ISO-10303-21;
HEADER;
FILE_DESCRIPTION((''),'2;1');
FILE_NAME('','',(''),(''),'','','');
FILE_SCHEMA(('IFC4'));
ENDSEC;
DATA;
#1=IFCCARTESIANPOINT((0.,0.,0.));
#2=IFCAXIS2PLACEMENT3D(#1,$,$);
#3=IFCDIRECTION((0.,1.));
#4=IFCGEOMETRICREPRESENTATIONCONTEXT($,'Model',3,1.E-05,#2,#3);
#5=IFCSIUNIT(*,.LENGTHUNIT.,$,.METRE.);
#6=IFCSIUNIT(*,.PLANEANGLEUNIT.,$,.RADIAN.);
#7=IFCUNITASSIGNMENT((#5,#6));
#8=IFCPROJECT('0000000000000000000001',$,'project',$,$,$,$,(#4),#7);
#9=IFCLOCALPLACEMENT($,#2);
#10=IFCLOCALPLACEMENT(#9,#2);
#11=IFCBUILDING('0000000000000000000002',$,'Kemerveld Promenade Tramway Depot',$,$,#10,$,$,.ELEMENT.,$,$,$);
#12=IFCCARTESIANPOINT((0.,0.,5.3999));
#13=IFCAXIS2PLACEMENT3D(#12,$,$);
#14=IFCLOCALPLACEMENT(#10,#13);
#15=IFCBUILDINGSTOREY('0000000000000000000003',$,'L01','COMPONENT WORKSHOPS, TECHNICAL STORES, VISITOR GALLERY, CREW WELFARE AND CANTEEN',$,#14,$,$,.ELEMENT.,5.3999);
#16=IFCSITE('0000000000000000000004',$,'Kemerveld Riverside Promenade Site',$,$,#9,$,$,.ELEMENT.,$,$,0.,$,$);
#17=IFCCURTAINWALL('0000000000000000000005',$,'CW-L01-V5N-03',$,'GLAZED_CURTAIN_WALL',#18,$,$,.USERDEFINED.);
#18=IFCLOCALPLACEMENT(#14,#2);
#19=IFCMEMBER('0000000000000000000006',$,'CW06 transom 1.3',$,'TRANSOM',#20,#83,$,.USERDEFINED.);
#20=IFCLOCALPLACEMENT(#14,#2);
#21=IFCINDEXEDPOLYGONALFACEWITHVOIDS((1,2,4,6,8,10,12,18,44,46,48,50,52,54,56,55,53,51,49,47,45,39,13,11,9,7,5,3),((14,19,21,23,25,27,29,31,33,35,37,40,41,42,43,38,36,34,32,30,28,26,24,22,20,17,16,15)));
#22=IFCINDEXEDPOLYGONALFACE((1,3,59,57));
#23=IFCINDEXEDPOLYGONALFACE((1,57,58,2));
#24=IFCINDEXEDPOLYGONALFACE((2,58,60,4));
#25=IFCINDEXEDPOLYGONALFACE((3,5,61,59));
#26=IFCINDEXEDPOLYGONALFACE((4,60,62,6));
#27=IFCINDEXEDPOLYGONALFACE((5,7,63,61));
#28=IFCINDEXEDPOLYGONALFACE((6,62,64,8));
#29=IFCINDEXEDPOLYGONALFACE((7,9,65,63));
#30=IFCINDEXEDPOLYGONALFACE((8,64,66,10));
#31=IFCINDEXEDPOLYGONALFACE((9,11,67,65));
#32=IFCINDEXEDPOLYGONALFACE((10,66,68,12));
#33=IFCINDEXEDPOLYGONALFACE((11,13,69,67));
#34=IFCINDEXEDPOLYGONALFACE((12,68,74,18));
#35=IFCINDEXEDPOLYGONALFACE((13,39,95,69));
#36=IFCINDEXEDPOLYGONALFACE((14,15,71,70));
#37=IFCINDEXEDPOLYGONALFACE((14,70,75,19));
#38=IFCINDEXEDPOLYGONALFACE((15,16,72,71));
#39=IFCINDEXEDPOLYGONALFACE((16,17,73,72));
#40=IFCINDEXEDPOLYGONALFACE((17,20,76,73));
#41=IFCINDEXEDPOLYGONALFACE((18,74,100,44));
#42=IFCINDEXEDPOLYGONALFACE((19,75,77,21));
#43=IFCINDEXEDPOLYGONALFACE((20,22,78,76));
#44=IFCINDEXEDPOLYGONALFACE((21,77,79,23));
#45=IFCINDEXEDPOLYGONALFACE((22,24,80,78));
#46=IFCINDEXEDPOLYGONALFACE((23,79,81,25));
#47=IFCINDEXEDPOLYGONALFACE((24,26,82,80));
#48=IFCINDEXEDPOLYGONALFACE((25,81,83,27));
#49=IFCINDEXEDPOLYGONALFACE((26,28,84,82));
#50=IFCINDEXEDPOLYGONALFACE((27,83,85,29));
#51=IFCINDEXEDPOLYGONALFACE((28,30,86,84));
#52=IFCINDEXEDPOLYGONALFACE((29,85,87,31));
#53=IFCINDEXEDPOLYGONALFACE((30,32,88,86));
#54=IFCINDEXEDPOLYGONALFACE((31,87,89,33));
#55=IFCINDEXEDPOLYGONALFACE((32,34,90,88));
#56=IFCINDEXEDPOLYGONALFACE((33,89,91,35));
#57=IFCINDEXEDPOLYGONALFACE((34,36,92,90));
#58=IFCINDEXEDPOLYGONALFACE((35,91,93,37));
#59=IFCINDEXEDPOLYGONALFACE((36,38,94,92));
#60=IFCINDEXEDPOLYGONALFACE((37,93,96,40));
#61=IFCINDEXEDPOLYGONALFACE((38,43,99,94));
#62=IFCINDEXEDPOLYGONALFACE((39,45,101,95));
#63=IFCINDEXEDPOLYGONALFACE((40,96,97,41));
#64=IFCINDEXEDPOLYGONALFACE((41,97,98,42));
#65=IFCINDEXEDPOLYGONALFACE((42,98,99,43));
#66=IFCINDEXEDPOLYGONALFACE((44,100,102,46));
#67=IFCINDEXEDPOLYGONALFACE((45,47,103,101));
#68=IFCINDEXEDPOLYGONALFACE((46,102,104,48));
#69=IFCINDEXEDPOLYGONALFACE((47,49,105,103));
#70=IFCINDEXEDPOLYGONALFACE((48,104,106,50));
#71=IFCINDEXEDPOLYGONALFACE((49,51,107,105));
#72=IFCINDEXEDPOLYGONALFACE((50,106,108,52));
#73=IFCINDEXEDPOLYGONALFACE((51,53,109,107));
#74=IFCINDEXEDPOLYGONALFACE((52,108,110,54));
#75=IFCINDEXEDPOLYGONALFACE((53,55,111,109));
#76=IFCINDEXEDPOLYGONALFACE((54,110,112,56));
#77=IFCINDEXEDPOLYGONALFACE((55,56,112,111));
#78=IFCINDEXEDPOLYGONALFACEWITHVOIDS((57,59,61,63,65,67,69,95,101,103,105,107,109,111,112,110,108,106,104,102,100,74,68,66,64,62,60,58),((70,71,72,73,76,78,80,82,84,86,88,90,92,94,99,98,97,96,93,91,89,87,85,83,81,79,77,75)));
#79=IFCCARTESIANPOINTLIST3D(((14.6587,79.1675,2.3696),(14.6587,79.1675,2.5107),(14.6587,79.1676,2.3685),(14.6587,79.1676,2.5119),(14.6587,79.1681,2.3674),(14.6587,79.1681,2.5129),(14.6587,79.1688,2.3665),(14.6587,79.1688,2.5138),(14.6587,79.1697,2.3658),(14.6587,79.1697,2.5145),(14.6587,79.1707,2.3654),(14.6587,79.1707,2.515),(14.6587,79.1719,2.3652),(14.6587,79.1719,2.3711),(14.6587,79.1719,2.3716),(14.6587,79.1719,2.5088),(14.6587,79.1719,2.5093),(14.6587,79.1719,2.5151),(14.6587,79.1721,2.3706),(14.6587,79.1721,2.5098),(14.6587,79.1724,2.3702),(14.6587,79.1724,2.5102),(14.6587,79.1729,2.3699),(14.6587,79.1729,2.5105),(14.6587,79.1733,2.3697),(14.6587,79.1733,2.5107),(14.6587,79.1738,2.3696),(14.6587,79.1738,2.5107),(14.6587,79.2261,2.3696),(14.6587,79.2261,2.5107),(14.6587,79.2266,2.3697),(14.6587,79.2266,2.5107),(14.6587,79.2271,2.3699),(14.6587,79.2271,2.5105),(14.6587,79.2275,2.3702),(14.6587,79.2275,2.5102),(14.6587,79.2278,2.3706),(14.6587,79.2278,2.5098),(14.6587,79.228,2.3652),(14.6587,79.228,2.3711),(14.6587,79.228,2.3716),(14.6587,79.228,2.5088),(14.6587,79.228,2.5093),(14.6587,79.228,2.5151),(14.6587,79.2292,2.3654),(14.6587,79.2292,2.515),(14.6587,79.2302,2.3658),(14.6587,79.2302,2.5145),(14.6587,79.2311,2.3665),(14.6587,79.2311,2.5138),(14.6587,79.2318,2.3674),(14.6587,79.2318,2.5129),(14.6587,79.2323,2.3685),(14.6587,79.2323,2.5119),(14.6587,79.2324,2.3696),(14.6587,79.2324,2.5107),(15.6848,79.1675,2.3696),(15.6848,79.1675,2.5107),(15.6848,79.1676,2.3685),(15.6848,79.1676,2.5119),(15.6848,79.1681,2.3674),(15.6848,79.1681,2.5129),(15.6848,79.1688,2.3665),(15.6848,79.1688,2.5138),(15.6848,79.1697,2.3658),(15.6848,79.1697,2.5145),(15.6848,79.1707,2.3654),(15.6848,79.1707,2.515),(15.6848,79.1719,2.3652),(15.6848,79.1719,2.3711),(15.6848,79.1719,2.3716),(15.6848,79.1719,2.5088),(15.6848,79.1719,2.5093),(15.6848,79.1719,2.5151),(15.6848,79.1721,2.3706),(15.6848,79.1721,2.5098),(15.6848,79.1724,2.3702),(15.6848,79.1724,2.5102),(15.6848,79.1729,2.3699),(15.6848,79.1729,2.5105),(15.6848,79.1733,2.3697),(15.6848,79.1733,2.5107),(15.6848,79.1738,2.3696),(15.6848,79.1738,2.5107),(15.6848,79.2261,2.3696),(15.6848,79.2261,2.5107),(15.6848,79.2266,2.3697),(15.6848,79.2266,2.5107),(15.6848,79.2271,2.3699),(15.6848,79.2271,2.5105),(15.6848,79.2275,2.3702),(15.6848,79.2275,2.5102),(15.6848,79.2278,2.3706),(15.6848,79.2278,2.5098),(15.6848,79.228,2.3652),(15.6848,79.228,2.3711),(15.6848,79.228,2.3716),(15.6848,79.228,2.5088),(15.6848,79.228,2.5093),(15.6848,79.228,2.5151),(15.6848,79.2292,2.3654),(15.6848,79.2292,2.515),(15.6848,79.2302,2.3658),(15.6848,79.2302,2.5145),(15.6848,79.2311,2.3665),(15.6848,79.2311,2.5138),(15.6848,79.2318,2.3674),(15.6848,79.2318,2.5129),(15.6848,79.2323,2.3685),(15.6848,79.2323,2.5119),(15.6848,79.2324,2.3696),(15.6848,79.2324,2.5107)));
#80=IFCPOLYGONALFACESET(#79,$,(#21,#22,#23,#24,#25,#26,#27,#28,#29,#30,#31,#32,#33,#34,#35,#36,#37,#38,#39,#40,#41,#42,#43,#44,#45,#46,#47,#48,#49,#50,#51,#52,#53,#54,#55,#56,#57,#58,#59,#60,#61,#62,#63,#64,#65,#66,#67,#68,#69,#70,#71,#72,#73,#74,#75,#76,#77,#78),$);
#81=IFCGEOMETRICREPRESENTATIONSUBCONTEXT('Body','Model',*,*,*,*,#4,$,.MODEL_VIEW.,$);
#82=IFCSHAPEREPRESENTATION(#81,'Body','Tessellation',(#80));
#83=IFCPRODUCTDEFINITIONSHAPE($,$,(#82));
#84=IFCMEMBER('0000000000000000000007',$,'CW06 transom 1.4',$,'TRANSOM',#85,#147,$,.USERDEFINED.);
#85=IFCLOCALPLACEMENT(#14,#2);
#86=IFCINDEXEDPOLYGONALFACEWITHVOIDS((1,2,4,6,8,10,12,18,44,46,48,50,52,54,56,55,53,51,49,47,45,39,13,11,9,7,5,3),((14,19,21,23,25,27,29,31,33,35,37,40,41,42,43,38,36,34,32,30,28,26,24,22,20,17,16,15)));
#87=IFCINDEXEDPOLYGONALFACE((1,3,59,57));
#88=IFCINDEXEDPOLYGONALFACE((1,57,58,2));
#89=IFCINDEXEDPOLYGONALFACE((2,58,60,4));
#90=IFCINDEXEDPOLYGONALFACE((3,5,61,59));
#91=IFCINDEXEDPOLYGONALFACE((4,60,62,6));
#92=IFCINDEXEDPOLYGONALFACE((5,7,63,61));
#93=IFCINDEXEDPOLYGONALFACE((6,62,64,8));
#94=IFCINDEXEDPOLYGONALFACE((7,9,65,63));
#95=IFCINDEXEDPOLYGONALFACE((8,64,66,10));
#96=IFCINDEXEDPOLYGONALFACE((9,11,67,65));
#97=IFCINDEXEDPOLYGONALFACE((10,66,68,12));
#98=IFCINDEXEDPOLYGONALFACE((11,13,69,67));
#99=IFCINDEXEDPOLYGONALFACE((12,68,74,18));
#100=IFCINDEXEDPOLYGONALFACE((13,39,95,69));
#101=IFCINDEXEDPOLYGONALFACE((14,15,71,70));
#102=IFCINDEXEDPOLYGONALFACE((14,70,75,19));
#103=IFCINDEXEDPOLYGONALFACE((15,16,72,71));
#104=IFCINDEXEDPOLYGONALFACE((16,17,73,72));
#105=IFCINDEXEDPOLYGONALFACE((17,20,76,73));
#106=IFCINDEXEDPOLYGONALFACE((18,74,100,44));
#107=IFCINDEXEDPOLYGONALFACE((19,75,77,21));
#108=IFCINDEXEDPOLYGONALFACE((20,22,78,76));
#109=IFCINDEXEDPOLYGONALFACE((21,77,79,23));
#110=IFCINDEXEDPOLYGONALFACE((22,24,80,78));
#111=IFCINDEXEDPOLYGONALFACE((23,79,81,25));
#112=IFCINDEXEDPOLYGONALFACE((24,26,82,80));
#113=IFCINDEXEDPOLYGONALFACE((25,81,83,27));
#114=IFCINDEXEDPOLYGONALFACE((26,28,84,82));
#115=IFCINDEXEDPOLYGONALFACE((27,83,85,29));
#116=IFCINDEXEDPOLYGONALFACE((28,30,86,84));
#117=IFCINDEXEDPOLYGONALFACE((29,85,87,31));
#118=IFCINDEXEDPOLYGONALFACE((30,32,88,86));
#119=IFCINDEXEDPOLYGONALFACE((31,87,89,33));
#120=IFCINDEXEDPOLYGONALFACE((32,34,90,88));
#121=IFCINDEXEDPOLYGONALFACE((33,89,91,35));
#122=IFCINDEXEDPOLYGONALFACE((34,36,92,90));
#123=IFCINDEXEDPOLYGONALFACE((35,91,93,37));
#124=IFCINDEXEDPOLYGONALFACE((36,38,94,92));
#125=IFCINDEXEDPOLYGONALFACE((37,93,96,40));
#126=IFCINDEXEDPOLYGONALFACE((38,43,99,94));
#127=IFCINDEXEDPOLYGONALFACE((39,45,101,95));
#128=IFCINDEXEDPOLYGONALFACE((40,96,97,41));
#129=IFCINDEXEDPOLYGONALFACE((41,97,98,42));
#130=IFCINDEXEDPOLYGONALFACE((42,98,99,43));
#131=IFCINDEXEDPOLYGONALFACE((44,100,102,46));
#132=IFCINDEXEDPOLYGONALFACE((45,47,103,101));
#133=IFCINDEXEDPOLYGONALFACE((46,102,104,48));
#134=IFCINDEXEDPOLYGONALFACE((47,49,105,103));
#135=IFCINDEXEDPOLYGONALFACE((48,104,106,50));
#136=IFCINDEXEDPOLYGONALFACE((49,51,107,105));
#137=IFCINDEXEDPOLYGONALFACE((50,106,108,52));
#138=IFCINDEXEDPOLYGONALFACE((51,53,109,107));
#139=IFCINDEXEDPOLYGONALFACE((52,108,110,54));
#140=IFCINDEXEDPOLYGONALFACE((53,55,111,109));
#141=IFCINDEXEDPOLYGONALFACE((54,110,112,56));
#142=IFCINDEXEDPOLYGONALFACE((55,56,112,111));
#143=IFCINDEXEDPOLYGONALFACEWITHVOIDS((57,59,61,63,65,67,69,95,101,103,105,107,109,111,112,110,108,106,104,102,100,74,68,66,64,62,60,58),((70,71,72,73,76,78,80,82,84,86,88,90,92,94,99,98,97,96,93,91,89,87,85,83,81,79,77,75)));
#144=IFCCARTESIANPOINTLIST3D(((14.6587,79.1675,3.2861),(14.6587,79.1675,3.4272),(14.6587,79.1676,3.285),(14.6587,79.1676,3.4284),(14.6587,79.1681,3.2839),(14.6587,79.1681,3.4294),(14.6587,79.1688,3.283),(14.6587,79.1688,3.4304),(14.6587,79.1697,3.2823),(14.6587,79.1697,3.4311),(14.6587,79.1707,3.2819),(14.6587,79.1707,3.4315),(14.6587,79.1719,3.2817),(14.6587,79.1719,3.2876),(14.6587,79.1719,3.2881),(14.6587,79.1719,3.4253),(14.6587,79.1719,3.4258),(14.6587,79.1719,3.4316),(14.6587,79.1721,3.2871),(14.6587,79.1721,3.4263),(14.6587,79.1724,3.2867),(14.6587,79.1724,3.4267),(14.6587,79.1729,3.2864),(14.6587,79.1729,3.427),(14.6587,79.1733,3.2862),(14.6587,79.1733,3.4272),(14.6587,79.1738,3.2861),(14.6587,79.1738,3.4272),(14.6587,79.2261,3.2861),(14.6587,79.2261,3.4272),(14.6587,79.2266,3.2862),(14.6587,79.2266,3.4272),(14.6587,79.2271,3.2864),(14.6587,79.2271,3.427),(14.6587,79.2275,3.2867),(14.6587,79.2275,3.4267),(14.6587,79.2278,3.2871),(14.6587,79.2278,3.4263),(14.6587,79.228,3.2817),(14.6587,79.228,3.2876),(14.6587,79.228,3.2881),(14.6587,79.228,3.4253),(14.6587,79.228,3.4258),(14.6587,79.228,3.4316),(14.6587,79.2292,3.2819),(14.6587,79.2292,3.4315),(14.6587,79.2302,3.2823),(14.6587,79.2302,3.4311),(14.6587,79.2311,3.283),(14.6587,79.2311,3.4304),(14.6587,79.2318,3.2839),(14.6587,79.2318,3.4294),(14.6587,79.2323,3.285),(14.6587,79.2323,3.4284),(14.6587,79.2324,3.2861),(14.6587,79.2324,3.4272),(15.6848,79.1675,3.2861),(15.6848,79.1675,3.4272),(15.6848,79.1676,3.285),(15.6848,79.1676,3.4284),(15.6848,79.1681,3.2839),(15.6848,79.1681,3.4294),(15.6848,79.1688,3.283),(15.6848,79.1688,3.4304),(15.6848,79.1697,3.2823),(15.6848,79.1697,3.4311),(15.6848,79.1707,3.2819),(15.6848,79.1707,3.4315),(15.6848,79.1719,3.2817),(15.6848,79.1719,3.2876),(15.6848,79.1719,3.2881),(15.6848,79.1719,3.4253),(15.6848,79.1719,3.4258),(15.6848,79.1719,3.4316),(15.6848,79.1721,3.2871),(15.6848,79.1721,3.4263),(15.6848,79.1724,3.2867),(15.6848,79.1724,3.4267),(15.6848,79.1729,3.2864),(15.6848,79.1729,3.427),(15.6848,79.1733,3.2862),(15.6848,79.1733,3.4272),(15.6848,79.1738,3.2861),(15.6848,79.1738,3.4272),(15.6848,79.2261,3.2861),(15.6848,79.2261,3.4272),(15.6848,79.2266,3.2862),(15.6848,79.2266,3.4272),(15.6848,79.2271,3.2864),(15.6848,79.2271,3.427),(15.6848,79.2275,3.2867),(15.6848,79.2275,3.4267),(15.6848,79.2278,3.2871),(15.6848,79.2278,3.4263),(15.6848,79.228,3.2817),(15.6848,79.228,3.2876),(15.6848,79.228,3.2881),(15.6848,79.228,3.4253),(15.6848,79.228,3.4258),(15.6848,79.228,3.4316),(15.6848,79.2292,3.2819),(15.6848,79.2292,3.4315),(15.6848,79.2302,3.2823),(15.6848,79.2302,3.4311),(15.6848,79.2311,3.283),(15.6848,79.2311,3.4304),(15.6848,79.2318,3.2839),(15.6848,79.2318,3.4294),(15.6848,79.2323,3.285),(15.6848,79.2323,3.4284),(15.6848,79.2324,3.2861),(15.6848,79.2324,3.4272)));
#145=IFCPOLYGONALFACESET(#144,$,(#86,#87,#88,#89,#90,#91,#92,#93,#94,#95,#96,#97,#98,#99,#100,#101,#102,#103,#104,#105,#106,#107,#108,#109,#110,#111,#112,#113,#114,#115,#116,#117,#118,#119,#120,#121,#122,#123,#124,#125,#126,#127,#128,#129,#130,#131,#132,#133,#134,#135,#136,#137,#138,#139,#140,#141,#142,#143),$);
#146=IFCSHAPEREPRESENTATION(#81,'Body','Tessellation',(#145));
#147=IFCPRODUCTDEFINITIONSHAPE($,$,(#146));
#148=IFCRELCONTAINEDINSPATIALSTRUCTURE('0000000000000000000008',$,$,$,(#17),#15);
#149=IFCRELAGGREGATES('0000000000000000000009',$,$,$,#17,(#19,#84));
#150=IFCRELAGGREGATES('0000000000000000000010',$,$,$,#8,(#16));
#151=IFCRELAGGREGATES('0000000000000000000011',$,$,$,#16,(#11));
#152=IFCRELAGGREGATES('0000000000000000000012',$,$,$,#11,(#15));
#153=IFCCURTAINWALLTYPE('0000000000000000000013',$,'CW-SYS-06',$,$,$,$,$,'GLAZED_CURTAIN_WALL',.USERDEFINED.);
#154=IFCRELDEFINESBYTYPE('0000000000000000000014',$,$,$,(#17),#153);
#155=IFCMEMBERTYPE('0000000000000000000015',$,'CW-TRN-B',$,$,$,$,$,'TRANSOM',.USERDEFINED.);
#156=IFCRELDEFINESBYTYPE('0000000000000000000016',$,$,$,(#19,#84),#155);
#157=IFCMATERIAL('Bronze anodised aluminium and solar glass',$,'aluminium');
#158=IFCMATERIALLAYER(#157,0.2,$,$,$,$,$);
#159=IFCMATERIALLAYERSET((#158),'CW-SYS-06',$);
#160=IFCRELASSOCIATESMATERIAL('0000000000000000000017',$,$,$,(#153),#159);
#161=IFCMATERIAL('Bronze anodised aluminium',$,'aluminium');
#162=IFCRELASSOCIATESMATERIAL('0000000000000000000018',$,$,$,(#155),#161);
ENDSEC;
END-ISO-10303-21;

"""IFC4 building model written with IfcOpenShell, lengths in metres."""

from ifc_helpers import new_model, si_unit, direction, frame, origin, origin_2d, place, context, subcontext, project, spatial, hollow_rectangle, extrude, material, layer, layer_set, material_profile, profile_set, type_object, element, aggregate, save


model = new_model("IFC4")

# Units and contexts
model_context = context("Model", 3, precision=1e-05, world=origin(), true_north=direction((0.0, 1.0)))
body_context = subcontext(model_context, "Body", "Model", "MODEL_VIEW")
ifc_project = project(units=[si_unit("LENGTHUNIT", "METRE"), si_unit("PLANEANGLEUNIT", "RADIAN")], contexts=[model_context])

# Site, building, storey
site_placement = place(None, origin())
site = spatial("IfcSite", under=ifc_project, at=site_placement, Name="Kemerveld Riverside Promenade Site", CompositionType="ELEMENT", RefElevation=0.0)
building_placement = place(site_placement, origin())
building = spatial("IfcBuilding", under=site, at=building_placement, Name="Kemerveld Promenade Tramway Depot", CompositionType="ELEMENT")
storey_placement = place(building_placement, frame((0.0, 0.0, 5.3999)))
storey = spatial("IfcBuildingStorey", under=building, at=storey_placement, Name="L01", Description="COMPONENT WORKSHOPS, TECHNICAL STORES, VISITOR GALLERY, CREW WELFARE AND CANTEEN", CompositionType="ELEMENT", Elevation=5.3999)

# Curtain wall
ifc_material_1 = material(Name="Bronze anodised aluminium and solar glass", Category="aluminium")
ifc_material_2 = material(Name="Bronze anodised aluminium", Category="aluminium")
ifc_layer_1 = layer(ifc_material_1, 0.2)
ifc_layer_set_1 = layer_set([ifc_layer_1], Name="CW-SYS-06")
curtain_wall_type_1 = type_object("IfcCurtainWallType", Name="CW-SYS-06", ElementType="GLAZED_CURTAIN_WALL", PredefinedType="USERDEFINED", material=ifc_layer_set_1)
curtain_wall_1_placement = place(storey_placement, origin())
curtain_wall_1 = element("IfcCurtainWall", 1, at=curtain_wall_1_placement, inside=storey, type_object=curtain_wall_type_1, Name="CW-L01-V5N-03", ObjectType="GLAZED_CURTAIN_WALL", PredefinedType="USERDEFINED")

# Members
ifc_material_profile_1 = material_profile(ifc_material_2, hollow_rectangle(XDim=0.0649, YDim=0.1499, WallThickness=0.0044, InnerFilletRadius=0.002, OuterFilletRadius=0.0044, at=origin_2d()), Name="CW-TRN-150x65")
ifc_profile_set_1 = profile_set([ifc_material_profile_1], Name="Bronze anodised aluminium")
member_type_1 = type_object("IfcMemberType", Name="CW-TRN-B", ElementType="TRANSOM", PredefinedType="USERDEFINED", material=ifc_profile_set_1)
member_1_placement = place(storey_placement, frame((14.6587, 79.2, 2.4402), z_axis=(1.0, 0.0, 0.0), x_axis=(0.0, 1.0, 0.0)))
member_1 = element("IfcMember", 2, at=member_1_placement, type_object=member_type_1, Name="CW06 transom 1.3", ObjectType="TRANSOM", PredefinedType="USERDEFINED", context=body_context, shape_type="SweptSolid", body=[
    extrude(hollow_rectangle(XDim=0.0649, YDim=0.1499, WallThickness=0.0044, InnerFilletRadius=0.002, OuterFilletRadius=0.0044, at=origin_2d()), origin(), (0.0, 0.0, 1.0), 1.0261),
])
member_2_placement = place(storey_placement, frame((14.6587, 79.2, 3.3567), z_axis=(1.0, 0.0, 0.0), x_axis=(0.0, 1.0, 0.0)))
member_2 = element("IfcMember", 3, at=member_2_placement, type_object=member_type_1, Name="CW06 transom 1.4", ObjectType="TRANSOM", PredefinedType="USERDEFINED", context=body_context, shape_type="SweptSolid", body=[
    extrude(hollow_rectangle(XDim=0.0649, YDim=0.1499, WallThickness=0.0044, InnerFilletRadius=0.002, OuterFilletRadius=0.0044, at=origin_2d()), origin(), (0.0, 0.0, 1.0), 1.0261),
])

aggregate(curtain_wall_1, [member_1, member_2])

save(model, "model.ifc")
